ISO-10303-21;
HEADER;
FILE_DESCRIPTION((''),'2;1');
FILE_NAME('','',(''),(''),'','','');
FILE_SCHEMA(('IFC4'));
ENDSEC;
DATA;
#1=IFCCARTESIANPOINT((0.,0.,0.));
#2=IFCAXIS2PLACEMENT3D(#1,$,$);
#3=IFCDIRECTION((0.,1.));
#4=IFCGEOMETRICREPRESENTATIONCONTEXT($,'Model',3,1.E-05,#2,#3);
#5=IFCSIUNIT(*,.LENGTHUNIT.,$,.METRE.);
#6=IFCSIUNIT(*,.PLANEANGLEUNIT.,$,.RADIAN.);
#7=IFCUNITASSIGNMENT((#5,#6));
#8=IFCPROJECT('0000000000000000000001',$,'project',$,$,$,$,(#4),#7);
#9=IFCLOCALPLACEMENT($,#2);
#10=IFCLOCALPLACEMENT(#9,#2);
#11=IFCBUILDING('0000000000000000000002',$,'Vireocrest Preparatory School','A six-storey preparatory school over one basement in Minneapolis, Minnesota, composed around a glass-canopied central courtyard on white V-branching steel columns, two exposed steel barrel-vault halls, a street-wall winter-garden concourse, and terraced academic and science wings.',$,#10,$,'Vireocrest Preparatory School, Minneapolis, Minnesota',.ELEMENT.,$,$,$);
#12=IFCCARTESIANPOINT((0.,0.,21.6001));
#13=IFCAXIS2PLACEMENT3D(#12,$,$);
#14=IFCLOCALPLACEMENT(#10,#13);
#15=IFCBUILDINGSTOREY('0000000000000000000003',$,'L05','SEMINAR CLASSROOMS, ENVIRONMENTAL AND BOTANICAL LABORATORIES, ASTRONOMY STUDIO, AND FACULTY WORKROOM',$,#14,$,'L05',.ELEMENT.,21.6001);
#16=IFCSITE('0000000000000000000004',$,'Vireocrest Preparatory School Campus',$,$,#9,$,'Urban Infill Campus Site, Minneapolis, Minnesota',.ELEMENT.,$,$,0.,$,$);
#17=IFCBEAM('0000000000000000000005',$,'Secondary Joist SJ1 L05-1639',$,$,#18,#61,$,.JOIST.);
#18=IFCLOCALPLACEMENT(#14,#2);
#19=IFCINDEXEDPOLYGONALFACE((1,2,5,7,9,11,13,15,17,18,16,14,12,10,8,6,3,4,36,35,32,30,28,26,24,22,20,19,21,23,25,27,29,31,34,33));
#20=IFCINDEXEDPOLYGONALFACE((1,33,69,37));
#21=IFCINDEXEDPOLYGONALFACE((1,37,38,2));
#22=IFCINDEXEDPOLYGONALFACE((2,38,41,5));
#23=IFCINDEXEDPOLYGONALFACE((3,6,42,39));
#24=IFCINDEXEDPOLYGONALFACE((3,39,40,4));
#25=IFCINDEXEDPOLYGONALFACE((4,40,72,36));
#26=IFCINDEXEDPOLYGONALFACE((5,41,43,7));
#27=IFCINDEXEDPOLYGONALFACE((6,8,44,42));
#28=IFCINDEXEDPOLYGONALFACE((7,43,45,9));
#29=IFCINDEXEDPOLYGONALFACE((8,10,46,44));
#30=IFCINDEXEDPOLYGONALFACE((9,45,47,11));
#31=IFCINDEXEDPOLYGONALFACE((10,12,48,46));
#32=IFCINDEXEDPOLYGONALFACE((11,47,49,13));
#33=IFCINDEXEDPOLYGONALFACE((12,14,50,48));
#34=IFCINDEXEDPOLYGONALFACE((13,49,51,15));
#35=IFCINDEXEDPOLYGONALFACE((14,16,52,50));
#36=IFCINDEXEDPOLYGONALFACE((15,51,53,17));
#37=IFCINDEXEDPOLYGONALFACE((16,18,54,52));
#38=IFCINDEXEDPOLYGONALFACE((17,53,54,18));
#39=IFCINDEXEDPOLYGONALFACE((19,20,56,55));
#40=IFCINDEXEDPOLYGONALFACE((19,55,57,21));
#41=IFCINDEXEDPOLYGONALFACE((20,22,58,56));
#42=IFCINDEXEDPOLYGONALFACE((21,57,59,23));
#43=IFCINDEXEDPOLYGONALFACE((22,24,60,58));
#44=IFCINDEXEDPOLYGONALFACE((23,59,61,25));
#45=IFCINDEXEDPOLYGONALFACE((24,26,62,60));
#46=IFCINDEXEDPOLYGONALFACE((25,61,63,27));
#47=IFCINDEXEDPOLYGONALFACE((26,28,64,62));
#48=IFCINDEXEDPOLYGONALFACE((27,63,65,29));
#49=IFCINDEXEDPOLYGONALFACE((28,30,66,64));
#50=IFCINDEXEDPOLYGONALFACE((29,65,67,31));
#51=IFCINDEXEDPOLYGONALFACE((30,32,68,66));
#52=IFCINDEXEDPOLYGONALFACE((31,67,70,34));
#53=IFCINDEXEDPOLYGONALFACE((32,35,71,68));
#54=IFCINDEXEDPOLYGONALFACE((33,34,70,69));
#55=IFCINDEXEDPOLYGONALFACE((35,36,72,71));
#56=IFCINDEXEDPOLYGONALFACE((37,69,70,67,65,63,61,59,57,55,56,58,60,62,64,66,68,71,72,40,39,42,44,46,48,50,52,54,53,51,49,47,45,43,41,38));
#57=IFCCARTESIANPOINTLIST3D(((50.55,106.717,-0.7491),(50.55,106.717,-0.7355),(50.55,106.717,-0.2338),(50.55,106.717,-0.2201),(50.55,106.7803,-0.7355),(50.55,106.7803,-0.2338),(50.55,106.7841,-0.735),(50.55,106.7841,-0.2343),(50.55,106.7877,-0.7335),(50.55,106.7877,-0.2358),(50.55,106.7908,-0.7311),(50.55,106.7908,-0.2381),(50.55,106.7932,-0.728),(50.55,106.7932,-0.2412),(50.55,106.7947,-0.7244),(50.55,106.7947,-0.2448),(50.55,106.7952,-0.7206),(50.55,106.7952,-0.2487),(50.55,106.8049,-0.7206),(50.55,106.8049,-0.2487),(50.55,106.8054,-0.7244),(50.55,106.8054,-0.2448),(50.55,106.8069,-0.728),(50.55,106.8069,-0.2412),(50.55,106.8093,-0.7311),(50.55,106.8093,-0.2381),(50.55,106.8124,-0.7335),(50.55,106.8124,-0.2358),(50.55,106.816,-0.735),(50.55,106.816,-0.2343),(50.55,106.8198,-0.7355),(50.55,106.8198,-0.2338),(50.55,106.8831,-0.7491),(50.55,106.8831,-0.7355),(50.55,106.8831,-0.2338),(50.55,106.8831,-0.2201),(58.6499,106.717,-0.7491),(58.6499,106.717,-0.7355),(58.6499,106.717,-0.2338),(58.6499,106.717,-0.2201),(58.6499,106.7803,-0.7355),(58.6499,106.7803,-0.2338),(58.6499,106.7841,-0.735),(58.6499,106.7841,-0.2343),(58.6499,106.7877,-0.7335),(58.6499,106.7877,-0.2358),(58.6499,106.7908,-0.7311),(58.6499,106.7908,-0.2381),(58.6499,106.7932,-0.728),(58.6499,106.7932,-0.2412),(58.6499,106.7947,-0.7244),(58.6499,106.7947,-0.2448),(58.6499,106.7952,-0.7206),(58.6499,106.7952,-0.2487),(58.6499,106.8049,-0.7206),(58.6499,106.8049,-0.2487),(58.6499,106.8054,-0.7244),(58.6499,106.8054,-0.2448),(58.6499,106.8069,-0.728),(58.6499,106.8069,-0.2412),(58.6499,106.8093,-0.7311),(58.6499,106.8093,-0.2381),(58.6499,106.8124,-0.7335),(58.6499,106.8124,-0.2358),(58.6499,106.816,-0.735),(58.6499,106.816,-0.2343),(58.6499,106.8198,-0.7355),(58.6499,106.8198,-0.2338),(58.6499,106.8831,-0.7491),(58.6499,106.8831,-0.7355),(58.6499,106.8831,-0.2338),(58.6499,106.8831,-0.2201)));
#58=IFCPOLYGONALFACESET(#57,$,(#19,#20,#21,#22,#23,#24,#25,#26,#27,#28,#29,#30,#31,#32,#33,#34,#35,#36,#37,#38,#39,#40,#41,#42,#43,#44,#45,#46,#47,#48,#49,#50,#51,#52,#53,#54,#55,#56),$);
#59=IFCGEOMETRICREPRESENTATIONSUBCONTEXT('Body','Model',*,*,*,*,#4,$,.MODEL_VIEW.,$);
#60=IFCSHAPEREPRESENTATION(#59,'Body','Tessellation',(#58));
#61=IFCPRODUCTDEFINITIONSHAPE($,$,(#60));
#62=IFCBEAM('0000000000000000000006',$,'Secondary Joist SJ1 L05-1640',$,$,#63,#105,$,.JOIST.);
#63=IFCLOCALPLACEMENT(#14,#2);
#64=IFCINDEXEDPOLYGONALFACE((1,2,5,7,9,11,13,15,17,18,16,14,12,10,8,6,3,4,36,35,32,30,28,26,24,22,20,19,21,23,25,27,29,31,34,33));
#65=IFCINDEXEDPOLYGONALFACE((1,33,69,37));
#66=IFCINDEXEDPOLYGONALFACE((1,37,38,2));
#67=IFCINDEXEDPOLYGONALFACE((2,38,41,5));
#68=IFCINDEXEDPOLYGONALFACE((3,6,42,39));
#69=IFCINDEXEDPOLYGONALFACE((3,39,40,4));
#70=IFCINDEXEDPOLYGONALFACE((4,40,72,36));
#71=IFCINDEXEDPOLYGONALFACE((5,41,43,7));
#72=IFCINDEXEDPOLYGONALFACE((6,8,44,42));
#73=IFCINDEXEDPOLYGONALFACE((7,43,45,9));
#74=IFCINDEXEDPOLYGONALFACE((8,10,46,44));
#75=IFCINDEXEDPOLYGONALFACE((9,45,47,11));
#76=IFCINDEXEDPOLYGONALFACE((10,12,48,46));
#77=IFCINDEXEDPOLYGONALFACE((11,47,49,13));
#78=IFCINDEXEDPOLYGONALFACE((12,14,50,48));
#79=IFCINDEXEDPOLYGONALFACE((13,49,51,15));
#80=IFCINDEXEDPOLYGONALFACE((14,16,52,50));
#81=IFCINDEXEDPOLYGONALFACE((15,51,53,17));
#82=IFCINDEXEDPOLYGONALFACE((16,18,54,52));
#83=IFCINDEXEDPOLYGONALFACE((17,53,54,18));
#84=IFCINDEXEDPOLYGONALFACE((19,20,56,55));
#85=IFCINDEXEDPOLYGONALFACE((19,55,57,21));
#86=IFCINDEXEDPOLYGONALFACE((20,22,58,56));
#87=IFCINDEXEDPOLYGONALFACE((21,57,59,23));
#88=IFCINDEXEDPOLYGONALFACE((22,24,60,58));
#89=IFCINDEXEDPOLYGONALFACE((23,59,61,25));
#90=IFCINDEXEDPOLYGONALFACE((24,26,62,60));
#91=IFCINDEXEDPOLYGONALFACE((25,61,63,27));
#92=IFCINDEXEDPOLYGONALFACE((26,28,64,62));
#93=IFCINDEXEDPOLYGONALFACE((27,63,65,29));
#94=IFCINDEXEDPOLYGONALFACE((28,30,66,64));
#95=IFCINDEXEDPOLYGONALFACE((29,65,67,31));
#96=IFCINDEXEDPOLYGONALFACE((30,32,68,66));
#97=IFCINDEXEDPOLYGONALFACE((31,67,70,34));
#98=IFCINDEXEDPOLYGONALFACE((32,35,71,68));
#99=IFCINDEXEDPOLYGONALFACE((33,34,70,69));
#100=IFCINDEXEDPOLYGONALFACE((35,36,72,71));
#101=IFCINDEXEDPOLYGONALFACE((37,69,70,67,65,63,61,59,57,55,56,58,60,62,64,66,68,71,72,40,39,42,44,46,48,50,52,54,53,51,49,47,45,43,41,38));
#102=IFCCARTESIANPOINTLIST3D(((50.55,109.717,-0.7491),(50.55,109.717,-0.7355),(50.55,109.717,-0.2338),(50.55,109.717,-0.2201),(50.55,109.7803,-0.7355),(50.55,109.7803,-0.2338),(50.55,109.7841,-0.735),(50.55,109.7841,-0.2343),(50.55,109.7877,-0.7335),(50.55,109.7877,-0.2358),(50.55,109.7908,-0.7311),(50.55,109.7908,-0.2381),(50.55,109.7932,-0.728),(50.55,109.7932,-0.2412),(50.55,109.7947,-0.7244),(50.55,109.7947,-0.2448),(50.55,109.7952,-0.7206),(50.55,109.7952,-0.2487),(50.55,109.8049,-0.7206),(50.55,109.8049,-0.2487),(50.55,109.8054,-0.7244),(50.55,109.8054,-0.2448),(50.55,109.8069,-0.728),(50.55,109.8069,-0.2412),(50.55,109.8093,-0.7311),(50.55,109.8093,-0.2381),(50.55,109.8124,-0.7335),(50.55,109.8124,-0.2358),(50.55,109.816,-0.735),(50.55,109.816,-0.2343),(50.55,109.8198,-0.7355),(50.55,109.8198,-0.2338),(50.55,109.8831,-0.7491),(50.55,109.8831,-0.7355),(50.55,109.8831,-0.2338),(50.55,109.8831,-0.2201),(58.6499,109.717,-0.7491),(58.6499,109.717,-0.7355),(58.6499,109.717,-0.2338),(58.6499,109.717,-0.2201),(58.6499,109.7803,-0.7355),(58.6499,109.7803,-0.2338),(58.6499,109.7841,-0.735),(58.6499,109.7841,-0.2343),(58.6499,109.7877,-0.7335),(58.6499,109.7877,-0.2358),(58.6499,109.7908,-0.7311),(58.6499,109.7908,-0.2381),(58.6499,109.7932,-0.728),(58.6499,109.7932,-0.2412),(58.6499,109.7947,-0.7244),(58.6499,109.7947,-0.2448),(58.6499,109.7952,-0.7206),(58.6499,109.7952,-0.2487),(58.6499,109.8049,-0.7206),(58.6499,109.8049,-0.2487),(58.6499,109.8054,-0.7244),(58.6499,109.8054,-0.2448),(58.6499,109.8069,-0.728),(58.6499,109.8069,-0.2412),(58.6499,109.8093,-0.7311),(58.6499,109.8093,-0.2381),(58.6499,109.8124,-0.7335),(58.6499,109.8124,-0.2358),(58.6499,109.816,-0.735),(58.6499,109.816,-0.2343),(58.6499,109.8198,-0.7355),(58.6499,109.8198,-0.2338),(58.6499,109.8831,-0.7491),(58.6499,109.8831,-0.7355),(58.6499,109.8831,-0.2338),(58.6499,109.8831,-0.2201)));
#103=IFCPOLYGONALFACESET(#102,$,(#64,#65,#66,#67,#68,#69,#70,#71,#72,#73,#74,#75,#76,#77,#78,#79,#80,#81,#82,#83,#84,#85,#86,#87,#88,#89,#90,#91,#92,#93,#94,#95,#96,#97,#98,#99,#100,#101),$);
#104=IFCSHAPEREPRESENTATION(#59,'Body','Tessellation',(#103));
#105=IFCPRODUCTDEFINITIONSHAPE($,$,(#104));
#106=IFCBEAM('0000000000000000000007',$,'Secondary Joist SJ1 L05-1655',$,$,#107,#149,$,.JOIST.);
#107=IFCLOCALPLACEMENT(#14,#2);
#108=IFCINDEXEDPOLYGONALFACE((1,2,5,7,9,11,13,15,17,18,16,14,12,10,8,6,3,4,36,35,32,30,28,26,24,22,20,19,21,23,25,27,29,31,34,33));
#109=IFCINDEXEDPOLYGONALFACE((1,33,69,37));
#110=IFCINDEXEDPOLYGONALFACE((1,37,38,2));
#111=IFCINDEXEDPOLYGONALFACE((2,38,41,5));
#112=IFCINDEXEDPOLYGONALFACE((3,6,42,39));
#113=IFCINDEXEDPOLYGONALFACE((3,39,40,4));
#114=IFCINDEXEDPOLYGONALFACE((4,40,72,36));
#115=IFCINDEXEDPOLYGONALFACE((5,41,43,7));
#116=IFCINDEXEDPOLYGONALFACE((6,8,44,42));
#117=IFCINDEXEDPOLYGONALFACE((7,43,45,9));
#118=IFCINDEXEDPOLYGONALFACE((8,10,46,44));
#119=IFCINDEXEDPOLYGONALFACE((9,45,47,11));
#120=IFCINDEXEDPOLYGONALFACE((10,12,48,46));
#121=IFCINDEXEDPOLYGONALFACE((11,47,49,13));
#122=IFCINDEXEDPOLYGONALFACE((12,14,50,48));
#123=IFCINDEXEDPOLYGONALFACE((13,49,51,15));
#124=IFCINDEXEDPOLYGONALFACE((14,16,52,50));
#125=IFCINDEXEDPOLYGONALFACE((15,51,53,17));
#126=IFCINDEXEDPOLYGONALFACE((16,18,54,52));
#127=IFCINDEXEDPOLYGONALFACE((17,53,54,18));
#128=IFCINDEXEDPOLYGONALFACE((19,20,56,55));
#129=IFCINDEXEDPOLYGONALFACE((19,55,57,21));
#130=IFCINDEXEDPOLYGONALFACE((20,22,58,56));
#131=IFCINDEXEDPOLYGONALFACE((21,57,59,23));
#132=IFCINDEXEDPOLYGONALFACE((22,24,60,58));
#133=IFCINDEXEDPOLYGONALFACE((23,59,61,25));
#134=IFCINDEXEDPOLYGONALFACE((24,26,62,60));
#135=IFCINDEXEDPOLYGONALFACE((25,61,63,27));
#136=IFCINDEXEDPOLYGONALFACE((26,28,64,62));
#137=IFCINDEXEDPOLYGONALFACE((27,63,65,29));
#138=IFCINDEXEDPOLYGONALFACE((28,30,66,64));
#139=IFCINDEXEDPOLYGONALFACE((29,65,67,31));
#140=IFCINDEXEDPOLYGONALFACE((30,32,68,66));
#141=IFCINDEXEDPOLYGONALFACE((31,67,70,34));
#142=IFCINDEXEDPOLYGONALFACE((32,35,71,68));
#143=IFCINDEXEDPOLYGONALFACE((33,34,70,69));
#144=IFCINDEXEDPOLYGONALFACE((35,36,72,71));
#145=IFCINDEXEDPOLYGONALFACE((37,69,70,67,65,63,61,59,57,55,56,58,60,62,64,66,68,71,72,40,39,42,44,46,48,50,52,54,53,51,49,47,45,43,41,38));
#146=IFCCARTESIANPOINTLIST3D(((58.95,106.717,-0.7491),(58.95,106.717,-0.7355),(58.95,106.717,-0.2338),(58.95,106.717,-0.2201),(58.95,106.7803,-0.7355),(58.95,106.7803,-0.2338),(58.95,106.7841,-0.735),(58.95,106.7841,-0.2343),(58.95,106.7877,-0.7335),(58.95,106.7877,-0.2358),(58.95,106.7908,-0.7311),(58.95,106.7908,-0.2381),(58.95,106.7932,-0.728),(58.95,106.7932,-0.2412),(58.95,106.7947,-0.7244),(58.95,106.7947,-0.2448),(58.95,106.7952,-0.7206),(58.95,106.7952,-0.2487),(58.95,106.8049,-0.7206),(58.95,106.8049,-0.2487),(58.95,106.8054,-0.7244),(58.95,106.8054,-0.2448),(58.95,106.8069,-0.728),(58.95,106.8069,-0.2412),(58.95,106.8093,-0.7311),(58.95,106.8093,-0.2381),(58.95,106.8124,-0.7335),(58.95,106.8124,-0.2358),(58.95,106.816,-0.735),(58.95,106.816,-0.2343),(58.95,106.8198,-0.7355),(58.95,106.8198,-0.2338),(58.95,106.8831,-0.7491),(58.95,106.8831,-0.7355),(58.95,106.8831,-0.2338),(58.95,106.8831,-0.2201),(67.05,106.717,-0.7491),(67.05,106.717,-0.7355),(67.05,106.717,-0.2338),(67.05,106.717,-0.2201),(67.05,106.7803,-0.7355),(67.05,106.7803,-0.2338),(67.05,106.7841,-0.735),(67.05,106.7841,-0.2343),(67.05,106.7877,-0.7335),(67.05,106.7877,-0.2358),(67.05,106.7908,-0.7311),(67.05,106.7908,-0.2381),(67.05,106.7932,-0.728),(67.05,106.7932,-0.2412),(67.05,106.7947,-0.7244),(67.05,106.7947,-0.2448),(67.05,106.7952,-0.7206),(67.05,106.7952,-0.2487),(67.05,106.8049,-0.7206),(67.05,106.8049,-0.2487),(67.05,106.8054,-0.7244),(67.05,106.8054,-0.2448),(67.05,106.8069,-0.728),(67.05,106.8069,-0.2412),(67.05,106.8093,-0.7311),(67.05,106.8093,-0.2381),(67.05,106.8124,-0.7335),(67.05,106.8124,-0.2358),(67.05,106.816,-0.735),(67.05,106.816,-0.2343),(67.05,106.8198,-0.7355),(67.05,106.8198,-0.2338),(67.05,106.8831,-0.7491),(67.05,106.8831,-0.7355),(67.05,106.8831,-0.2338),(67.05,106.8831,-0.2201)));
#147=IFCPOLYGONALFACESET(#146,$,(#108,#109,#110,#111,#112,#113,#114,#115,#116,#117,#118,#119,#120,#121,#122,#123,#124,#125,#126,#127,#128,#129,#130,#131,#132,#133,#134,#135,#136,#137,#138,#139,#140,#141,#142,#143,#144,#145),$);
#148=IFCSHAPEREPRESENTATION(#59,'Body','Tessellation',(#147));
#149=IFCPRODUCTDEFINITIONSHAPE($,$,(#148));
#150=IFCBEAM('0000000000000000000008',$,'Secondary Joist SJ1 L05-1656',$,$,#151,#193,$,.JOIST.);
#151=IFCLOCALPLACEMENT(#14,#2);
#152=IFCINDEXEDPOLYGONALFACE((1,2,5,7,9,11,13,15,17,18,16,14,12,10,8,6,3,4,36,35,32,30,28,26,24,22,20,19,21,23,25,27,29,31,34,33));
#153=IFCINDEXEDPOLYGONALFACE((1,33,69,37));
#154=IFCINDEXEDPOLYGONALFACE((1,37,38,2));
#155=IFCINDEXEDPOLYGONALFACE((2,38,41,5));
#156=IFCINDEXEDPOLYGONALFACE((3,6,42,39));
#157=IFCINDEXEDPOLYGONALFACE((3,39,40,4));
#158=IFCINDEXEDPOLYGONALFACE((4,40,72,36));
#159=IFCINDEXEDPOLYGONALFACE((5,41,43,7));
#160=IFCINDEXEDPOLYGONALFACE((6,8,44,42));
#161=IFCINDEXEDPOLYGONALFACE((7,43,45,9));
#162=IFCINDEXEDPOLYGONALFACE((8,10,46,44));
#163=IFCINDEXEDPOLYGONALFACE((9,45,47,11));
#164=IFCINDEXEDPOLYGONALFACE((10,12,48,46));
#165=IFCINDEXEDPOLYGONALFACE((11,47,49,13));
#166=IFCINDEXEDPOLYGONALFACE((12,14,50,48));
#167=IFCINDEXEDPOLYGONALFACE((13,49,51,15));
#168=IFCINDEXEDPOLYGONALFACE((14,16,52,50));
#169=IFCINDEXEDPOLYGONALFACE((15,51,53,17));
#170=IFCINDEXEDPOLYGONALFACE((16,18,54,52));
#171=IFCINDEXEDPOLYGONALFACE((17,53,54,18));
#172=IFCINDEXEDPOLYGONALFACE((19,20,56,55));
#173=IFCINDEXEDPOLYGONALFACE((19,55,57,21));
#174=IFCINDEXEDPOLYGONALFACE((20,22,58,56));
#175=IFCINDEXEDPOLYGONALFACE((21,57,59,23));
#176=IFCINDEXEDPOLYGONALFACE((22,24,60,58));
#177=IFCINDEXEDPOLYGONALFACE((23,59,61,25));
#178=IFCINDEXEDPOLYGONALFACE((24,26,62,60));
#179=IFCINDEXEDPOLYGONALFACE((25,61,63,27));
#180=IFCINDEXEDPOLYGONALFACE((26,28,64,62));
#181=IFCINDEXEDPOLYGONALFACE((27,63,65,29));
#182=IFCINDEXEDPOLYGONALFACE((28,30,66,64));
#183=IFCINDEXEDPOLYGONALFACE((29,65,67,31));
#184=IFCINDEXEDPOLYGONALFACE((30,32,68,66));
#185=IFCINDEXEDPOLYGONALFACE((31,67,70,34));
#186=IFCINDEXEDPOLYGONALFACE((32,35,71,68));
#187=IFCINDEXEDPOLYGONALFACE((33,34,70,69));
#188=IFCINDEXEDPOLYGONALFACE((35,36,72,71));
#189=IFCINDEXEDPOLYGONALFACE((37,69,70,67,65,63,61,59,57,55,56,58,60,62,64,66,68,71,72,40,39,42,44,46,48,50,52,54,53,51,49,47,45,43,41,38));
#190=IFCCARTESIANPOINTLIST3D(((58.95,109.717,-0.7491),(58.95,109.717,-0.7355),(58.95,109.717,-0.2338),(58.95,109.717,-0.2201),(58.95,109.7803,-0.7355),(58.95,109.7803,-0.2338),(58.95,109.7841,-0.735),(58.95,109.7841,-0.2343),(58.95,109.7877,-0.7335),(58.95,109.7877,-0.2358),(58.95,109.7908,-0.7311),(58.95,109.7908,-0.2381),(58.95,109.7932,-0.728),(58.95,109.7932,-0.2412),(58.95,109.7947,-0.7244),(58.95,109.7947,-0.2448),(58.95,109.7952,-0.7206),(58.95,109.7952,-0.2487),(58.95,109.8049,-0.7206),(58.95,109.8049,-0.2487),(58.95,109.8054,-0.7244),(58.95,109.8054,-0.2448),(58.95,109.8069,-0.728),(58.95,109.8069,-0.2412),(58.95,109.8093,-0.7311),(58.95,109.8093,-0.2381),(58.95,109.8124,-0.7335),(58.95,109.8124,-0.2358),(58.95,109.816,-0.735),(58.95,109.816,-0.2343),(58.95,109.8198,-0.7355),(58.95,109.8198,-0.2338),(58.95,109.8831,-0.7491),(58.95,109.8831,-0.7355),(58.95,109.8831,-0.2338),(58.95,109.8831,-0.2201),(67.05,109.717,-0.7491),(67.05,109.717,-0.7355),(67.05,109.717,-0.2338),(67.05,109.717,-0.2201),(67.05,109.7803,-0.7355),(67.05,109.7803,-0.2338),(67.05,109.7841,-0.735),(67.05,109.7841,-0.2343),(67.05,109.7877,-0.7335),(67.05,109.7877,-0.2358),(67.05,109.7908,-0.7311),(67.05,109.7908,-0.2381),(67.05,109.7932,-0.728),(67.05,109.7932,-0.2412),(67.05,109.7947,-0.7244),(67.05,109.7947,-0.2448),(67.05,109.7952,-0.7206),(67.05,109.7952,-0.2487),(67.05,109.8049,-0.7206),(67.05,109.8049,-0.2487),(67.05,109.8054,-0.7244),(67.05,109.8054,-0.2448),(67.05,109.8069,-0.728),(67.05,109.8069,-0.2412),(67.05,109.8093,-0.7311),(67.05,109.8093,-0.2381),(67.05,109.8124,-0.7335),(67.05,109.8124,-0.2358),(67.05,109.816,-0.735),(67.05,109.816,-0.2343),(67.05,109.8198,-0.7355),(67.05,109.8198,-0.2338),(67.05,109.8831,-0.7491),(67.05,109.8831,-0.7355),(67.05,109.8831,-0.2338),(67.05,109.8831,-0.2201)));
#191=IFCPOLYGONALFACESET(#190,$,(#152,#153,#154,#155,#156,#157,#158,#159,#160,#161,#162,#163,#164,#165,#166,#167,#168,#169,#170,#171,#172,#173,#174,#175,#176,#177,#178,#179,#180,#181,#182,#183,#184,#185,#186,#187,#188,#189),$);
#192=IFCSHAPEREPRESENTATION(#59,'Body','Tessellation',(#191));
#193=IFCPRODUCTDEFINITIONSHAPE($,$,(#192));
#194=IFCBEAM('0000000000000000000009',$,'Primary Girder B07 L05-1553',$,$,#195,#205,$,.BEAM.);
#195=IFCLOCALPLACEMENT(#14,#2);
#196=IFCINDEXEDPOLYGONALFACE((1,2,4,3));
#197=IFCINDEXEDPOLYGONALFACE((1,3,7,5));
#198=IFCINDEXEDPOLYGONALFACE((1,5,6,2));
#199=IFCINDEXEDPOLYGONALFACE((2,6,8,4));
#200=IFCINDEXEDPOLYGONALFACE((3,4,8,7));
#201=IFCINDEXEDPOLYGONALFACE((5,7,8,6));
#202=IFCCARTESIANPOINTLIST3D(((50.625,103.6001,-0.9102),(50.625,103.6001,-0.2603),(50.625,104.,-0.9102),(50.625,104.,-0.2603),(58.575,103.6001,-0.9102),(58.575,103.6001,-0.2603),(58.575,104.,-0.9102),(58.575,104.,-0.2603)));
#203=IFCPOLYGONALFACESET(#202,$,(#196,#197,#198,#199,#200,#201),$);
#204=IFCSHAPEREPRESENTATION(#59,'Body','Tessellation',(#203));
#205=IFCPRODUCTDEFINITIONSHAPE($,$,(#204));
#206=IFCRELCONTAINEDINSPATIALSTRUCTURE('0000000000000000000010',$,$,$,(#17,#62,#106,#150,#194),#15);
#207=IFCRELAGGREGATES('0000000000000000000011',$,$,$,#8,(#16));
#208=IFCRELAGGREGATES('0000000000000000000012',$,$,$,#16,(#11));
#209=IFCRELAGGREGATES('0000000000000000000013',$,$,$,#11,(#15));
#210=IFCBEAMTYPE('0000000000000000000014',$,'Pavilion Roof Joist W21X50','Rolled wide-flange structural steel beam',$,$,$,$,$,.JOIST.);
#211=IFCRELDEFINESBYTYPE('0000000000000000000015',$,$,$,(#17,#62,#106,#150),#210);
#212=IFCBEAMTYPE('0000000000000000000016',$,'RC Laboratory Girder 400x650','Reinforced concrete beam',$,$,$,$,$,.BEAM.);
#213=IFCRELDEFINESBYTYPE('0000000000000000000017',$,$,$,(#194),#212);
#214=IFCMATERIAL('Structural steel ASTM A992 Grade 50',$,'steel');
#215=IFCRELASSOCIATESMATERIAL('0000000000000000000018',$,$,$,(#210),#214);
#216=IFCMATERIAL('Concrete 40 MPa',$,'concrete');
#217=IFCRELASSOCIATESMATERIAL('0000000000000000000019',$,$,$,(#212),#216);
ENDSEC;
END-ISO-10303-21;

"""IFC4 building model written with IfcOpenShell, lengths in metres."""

from ifc_helpers import new_model, si_unit, direction, frame, origin, origin_2d, place, context, subcontext, project, spatial, rectangle, i_section, extrude, material, material_profile, profile_set, type_object, element, save


model = new_model("IFC4")

# Units and contexts
model_context = context("Model", 3, precision=1e-05, world=origin(), true_north=direction((0.0, 1.0)))
body_context = subcontext(model_context, "Body", "Model", "MODEL_VIEW")
ifc_project = project(units=[si_unit("LENGTHUNIT", "METRE"), si_unit("PLANEANGLEUNIT", "RADIAN")], contexts=[model_context])

# Site, building, storey
site_placement = place(None, origin())
site = spatial("IfcSite", under=ifc_project, at=site_placement, Name="Vireocrest Preparatory School Campus", LongName="Urban Infill Campus Site, Minneapolis, Minnesota", CompositionType="ELEMENT", RefElevation=0.0)
building_placement = place(site_placement, origin())
building = spatial("IfcBuilding", under=site, at=building_placement, Name="Vireocrest Preparatory School", Description="A six-storey preparatory school over one basement in Minneapolis, Minnesota, composed around a glass-canopied central courtyard on white V-branching steel columns, two exposed steel barrel-vault halls, a street-wall winter-garden concourse, and terraced academic and science wings.", LongName="Vireocrest Preparatory School, Minneapolis, Minnesota", CompositionType="ELEMENT")
storey_placement = place(building_placement, frame((0.0, 0.0, 21.6001)))
storey = spatial("IfcBuildingStorey", under=building, at=storey_placement, Name="L05", Description="SEMINAR CLASSROOMS, ENVIRONMENTAL AND BOTANICAL LABORATORIES, ASTRONOMY STUDIO, AND FACULTY WORKROOM", LongName="L05", CompositionType="ELEMENT", Elevation=21.6001)

# Beams
ifc_material_1 = material(Name="Structural steel ASTM A992 Grade 50", Category="steel")
ifc_material_profile_1 = material_profile(ifc_material_1, i_section(OverallWidth=0.166, OverallDepth=0.5291, WebThickness=0.0098, FlangeThickness=0.0137, FilletRadius=0.0149, at=origin_2d()), Name="W21X50")
ifc_profile_set_1 = profile_set([ifc_material_profile_1], Name="Structural steel ASTM A992 Grade 50")
beam_type_1 = type_object("IfcBeamType", Name="Pavilion Roof Joist W21X50", Description="Rolled wide-flange structural steel beam", PredefinedType="JOIST", material=ifc_profile_set_1)
for number, where, z_axis, x_axis, name in (
    (1, (50.55, 106.8, -0.4846), (1.0, 0.0, 0.0), (0.0, 1.0, 0.0), "Secondary Joist SJ1 L05-1639"),
    (2, (50.55, 109.8, -0.4846), (1.0, 0.0, 0.0), (0.0, 1.0, 0.0), "Secondary Joist SJ1 L05-1640"),
):
    element("IfcBeam", number, at=place(storey_placement, frame(where, z_axis=z_axis, x_axis=x_axis)), inside=storey, type_object=beam_type_1, Name=name, PredefinedType="JOIST", context=body_context, shape_type="SweptSolid", body=[
        extrude(i_section(OverallWidth=0.166, OverallDepth=0.5291, WebThickness=0.0098, FlangeThickness=0.0137, FilletRadius=0.0149, at=origin_2d()), origin(), (0.0, 0.0, 1.0), 8.0999),
    ])
for number, where, z_axis, x_axis, name in (
    (3, (58.95, 106.8, -0.4846), (1.0, 0.0, 0.0), (0.0, 1.0, 0.0), "Secondary Joist SJ1 L05-1655"),
    (4, (58.95, 109.8, -0.4846), (1.0, 0.0, 0.0), (0.0, 1.0, 0.0), "Secondary Joist SJ1 L05-1656"),
):
    element("IfcBeam", number, at=place(storey_placement, frame(where, z_axis=z_axis, x_axis=x_axis)), inside=storey, type_object=beam_type_1, Name=name, PredefinedType="JOIST", context=body_context, shape_type="SweptSolid", body=[
        extrude(i_section(OverallWidth=0.166, OverallDepth=0.5291, WebThickness=0.0098, FlangeThickness=0.0137, FilletRadius=0.0149, at=origin_2d()), origin(), (0.0, 0.0, 1.0), 8.1001),
    ])
ifc_material_2 = material(Name="Concrete 40 MPa", Category="concrete")
ifc_material_profile_2 = material_profile(ifc_material_2, rectangle(XDim=0.3999, YDim=0.6499, at=origin_2d()), Name="RC 400x650")
ifc_profile_set_2 = profile_set([ifc_material_profile_2], Name="Concrete 40 MPa")
beam_type_2 = type_object("IfcBeamType", Name="RC Laboratory Girder 400x650", Description="Reinforced concrete beam", PredefinedType="BEAM", material=ifc_profile_set_2)
beam_1_placement = place(storey_placement, frame((50.625, 103.8, -0.5852), z_axis=(1.0, 0.0, 0.0), x_axis=(0.0, 1.0, 0.0)))
element("IfcBeam", 5, at=beam_1_placement, inside=storey, type_object=beam_type_2, Name="Primary Girder B07 L05-1553", PredefinedType="BEAM", context=body_context, shape_type="SweptSolid", body=[
    extrude(rectangle(XDim=0.3999, YDim=0.6499, at=origin_2d()), origin(), (0.0, 0.0, 1.0), 7.95),
])

save(model, "model.ifc")
